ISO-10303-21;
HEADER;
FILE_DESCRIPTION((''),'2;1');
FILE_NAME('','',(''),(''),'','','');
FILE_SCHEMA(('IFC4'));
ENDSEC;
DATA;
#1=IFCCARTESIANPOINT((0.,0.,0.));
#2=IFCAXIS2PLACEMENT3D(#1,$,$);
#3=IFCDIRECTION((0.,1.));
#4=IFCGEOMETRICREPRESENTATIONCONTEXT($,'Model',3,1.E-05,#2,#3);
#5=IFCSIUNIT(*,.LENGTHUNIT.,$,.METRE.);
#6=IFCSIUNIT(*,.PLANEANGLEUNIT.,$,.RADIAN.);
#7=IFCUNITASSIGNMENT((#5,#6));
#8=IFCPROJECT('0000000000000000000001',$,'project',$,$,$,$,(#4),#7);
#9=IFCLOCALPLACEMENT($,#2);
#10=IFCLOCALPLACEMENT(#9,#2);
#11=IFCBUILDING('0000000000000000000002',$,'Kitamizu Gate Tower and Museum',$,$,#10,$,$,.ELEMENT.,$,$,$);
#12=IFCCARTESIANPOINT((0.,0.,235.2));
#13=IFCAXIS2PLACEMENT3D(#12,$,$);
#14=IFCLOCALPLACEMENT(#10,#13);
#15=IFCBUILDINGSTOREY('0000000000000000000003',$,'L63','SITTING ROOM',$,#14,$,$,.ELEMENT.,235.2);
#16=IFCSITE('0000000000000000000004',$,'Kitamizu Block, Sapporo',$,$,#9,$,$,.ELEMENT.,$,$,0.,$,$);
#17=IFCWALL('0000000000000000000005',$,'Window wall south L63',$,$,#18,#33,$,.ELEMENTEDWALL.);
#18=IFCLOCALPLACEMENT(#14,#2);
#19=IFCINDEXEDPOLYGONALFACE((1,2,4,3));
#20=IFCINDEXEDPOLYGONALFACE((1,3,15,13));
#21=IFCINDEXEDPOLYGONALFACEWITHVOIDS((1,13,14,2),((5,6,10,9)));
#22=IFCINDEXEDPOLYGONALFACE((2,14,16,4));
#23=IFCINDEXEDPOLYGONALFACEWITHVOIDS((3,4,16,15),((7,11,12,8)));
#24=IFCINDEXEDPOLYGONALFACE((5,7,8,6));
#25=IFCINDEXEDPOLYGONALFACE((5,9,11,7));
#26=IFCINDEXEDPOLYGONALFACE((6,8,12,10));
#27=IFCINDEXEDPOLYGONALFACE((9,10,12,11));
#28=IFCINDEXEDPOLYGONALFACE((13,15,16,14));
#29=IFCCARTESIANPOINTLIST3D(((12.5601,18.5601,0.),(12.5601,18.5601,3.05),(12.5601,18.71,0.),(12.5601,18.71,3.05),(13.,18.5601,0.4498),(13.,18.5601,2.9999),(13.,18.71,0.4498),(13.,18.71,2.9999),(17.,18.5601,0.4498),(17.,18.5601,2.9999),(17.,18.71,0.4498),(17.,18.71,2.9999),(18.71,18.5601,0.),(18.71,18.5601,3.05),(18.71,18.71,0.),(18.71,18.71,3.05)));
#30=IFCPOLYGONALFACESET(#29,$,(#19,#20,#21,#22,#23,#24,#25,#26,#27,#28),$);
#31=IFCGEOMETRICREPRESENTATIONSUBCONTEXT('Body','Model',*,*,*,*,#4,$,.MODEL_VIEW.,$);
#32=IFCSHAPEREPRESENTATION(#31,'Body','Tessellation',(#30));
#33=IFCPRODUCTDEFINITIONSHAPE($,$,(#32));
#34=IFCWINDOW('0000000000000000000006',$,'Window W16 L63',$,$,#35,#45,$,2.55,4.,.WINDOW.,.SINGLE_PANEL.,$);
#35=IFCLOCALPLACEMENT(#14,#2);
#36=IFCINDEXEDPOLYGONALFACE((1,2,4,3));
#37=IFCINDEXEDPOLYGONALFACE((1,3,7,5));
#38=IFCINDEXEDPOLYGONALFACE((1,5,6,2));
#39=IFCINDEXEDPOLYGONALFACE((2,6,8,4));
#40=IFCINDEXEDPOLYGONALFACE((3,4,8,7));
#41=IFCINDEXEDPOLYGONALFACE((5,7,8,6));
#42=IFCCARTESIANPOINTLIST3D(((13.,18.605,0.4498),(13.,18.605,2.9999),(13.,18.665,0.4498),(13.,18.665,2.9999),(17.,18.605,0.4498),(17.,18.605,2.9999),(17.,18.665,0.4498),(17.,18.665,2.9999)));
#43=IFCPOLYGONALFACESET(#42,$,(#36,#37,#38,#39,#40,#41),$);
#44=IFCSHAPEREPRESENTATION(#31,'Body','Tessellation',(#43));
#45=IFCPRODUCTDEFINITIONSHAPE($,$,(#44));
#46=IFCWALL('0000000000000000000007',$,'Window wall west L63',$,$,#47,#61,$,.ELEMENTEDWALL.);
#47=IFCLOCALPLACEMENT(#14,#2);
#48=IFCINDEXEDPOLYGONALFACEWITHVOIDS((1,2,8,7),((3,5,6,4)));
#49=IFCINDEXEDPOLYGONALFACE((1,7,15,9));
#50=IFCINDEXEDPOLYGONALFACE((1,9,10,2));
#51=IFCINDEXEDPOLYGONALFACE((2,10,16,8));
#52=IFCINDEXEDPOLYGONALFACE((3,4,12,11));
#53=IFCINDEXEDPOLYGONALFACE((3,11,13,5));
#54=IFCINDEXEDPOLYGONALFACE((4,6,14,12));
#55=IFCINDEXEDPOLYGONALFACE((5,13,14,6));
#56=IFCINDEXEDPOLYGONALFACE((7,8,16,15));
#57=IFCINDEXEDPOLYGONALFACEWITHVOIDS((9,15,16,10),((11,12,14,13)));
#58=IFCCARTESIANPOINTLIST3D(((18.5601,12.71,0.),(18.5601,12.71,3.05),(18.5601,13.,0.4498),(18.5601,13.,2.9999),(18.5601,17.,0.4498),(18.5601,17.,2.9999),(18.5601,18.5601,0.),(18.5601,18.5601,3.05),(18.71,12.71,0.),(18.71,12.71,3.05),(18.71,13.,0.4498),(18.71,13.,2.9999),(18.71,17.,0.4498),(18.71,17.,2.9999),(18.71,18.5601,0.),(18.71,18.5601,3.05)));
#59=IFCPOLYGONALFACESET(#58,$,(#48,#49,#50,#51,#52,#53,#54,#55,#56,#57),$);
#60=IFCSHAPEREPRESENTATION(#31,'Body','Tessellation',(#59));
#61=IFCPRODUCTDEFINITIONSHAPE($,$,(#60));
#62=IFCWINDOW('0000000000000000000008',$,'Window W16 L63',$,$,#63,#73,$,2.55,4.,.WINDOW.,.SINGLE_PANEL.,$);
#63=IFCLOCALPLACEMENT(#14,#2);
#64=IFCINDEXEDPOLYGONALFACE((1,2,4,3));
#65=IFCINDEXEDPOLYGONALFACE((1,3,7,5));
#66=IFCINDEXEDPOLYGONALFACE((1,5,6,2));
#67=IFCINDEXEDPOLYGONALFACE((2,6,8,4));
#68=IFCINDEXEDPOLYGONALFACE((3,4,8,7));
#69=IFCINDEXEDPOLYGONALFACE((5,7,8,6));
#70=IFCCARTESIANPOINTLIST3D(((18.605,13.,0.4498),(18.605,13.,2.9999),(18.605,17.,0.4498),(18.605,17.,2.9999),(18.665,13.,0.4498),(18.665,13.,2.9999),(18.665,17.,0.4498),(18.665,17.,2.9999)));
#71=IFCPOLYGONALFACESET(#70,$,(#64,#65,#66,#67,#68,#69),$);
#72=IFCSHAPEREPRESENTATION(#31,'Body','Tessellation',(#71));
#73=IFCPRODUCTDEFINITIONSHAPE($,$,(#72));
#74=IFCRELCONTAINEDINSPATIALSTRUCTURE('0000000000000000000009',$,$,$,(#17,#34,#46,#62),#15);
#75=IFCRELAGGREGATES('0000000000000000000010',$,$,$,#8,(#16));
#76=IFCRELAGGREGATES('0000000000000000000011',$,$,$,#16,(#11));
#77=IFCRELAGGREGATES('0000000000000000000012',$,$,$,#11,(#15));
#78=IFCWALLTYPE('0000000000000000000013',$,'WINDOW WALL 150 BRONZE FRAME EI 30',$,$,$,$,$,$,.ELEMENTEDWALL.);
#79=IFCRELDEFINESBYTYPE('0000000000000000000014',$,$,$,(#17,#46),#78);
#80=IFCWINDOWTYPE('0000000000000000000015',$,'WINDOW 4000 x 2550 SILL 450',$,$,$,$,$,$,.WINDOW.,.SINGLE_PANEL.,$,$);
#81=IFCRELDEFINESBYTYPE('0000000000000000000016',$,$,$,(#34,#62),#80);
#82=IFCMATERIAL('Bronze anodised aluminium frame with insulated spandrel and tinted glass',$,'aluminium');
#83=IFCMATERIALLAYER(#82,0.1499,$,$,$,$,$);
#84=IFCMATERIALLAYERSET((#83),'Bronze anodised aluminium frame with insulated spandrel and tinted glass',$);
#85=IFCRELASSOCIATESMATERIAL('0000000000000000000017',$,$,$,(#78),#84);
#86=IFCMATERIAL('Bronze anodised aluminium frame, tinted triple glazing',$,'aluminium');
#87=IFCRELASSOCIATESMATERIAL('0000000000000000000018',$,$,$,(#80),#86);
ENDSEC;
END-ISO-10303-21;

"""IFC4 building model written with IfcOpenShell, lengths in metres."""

from ifc_helpers import new_model, si_unit, direction, frame, frame_2d, origin, place, context, subcontext, project, spatial, rectangle, extrude, material, layer, layer_set, type_object, element, fill, save


model = new_model("IFC4")

# Units and contexts
model_context = context("Model", 3, precision=1e-05, world=origin(), true_north=direction((0.0, 1.0)))
body_context = subcontext(model_context, "Body", "Model", "MODEL_VIEW")
ifc_project = project(units=[si_unit("LENGTHUNIT", "METRE"), si_unit("PLANEANGLEUNIT", "RADIAN")], contexts=[model_context])

# Site, building, storey
site_placement = place(None, origin())
site = spatial("IfcSite", under=ifc_project, at=site_placement, Name="Kitamizu Block, Sapporo", CompositionType="ELEMENT", RefElevation=0.0)
building_placement = place(site_placement, origin())
building = spatial("IfcBuilding", under=site, at=building_placement, Name="Kitamizu Gate Tower and Museum", CompositionType="ELEMENT")
storey_placement = place(building_placement, frame((0.0, 0.0, 235.2)))
storey = spatial("IfcBuildingStorey", under=building, at=storey_placement, Name="L63", Description="SITTING ROOM", CompositionType="ELEMENT", Elevation=235.2)

# Shared definitions
ifc_material_1 = material(Name="Bronze anodised aluminium frame with insulated spandrel and tinted glass", Category="aluminium")
ifc_layer_1 = layer(ifc_material_1, 0.1499)
ifc_layer_set_1 = layer_set([ifc_layer_1], Name="Bronze anodised aluminium frame with insulated spandrel and tinted glass")
wall_type = type_object("IfcWallType", Name="WINDOW WALL 150 BRONZE FRAME EI 30", PredefinedType="ELEMENTEDWALL", material=ifc_layer_set_1)

# Walls, openings, windows
wall_1_placement = place(storey_placement, frame((12.5601, 18.635, 0.0), z_axis=(0.0, 0.0, 1.0), x_axis=(1.0, 0.0, 0.0)))
wall_1 = element("IfcWall", 1, at=wall_1_placement, inside=storey, type_object=wall_type, Name="Window wall south L63", PredefinedType="ELEMENTEDWALL", context=body_context, shape_type="SweptSolid", body=[
    extrude(rectangle(XDim=6.1499, YDim=0.1499, at=frame_2d((3.075, 0.0))), origin(), (0.0, 0.0, 1.0), 3.05),
])
opening_1_placement = place(wall_1_placement, frame((0.4399, 0.0, 0.45)))
opening_1 = element("IfcOpeningElement", 2, at=opening_1_placement, cuts=wall_1, PredefinedType="OPENING", context=body_context, shape_type="SweptSolid", body=[
    extrude(rectangle(XDim=4.0, YDim=2.55, at=frame_2d((2.0, 1.2749))), frame((0.0, 0.085, 0.0), z_axis=(0.0, -1.0, 0.0), x_axis=(1.0, 0.0, 0.0)), (0.0, 0.0, 1.0), 0.1699),
])
ifc_material_2 = material(Name="Bronze anodised aluminium frame, tinted triple glazing", Category="aluminium")
window_type_1 = type_object("IfcWindowType", Name="WINDOW 4000 x 2550 SILL 450", PartitioningType="SINGLE_PANEL", PredefinedType="WINDOW", material=ifc_material_2)
window_1_placement = place(opening_1_placement, origin())
window_1 = element("IfcWindow", 3, at=window_1_placement, inside=storey, type_object=window_type_1, Name="Window W16 L63", OverallHeight=2.55, OverallWidth=4.0, PartitioningType="SINGLE_PANEL", PredefinedType="WINDOW", context=body_context, shape_type="SweptSolid", body=[
    extrude(rectangle(XDim=4.0, YDim=2.55, at=frame_2d((2.0, 1.2749))), frame((0.0, 0.03, 0.0), z_axis=(0.0, -1.0, 0.0), x_axis=(1.0, 0.0, 0.0)), (0.0, 0.0, 1.0), 0.0601),
])
fill(opening_1, window_1)
wall_2_placement = place(storey_placement, frame((18.635, 12.71, 0.0), z_axis=(0.0, 0.0, 1.0), x_axis=(0.0, 1.0, 0.0)))
wall_2 = element("IfcWall", 4, at=wall_2_placement, inside=storey, type_object=wall_type, Name="Window wall west L63", PredefinedType="ELEMENTEDWALL", context=body_context, shape_type="SweptSolid", body=[
    extrude(rectangle(XDim=5.8501, YDim=0.1499, at=frame_2d((2.925, 0.0))), origin(), (0.0, 0.0, 1.0), 3.05),
])
opening_2_placement = place(wall_2_placement, frame((0.29, 0.0, 0.45)))
opening_2 = element("IfcOpeningElement", 5, at=opening_2_placement, cuts=wall_2, PredefinedType="OPENING", context=body_context, shape_type="SweptSolid", body=[
    extrude(rectangle(XDim=4.0, YDim=2.55, at=frame_2d((2.0, 1.2749))), frame((0.0, 0.085, 0.0), z_axis=(0.0, -1.0, 0.0), x_axis=(1.0, 0.0, 0.0)), (0.0, 0.0, 1.0), 0.1699),
])
window_2_placement = place(opening_2_placement, origin())
window_2 = element("IfcWindow", 6, at=window_2_placement, inside=storey, type_object=window_type_1, Name="Window W16 L63", OverallHeight=2.55, OverallWidth=4.0, PartitioningType="SINGLE_PANEL", PredefinedType="WINDOW", context=body_context, shape_type="SweptSolid", body=[
    extrude(rectangle(XDim=4.0, YDim=2.55, at=frame_2d((2.0, 1.2749))), frame((0.0, 0.03, 0.0), z_axis=(0.0, -1.0, 0.0), x_axis=(1.0, 0.0, 0.0)), (0.0, 0.0, 1.0), 0.0601),
])
fill(opening_2, window_2)

save(model, "model.ifc")
